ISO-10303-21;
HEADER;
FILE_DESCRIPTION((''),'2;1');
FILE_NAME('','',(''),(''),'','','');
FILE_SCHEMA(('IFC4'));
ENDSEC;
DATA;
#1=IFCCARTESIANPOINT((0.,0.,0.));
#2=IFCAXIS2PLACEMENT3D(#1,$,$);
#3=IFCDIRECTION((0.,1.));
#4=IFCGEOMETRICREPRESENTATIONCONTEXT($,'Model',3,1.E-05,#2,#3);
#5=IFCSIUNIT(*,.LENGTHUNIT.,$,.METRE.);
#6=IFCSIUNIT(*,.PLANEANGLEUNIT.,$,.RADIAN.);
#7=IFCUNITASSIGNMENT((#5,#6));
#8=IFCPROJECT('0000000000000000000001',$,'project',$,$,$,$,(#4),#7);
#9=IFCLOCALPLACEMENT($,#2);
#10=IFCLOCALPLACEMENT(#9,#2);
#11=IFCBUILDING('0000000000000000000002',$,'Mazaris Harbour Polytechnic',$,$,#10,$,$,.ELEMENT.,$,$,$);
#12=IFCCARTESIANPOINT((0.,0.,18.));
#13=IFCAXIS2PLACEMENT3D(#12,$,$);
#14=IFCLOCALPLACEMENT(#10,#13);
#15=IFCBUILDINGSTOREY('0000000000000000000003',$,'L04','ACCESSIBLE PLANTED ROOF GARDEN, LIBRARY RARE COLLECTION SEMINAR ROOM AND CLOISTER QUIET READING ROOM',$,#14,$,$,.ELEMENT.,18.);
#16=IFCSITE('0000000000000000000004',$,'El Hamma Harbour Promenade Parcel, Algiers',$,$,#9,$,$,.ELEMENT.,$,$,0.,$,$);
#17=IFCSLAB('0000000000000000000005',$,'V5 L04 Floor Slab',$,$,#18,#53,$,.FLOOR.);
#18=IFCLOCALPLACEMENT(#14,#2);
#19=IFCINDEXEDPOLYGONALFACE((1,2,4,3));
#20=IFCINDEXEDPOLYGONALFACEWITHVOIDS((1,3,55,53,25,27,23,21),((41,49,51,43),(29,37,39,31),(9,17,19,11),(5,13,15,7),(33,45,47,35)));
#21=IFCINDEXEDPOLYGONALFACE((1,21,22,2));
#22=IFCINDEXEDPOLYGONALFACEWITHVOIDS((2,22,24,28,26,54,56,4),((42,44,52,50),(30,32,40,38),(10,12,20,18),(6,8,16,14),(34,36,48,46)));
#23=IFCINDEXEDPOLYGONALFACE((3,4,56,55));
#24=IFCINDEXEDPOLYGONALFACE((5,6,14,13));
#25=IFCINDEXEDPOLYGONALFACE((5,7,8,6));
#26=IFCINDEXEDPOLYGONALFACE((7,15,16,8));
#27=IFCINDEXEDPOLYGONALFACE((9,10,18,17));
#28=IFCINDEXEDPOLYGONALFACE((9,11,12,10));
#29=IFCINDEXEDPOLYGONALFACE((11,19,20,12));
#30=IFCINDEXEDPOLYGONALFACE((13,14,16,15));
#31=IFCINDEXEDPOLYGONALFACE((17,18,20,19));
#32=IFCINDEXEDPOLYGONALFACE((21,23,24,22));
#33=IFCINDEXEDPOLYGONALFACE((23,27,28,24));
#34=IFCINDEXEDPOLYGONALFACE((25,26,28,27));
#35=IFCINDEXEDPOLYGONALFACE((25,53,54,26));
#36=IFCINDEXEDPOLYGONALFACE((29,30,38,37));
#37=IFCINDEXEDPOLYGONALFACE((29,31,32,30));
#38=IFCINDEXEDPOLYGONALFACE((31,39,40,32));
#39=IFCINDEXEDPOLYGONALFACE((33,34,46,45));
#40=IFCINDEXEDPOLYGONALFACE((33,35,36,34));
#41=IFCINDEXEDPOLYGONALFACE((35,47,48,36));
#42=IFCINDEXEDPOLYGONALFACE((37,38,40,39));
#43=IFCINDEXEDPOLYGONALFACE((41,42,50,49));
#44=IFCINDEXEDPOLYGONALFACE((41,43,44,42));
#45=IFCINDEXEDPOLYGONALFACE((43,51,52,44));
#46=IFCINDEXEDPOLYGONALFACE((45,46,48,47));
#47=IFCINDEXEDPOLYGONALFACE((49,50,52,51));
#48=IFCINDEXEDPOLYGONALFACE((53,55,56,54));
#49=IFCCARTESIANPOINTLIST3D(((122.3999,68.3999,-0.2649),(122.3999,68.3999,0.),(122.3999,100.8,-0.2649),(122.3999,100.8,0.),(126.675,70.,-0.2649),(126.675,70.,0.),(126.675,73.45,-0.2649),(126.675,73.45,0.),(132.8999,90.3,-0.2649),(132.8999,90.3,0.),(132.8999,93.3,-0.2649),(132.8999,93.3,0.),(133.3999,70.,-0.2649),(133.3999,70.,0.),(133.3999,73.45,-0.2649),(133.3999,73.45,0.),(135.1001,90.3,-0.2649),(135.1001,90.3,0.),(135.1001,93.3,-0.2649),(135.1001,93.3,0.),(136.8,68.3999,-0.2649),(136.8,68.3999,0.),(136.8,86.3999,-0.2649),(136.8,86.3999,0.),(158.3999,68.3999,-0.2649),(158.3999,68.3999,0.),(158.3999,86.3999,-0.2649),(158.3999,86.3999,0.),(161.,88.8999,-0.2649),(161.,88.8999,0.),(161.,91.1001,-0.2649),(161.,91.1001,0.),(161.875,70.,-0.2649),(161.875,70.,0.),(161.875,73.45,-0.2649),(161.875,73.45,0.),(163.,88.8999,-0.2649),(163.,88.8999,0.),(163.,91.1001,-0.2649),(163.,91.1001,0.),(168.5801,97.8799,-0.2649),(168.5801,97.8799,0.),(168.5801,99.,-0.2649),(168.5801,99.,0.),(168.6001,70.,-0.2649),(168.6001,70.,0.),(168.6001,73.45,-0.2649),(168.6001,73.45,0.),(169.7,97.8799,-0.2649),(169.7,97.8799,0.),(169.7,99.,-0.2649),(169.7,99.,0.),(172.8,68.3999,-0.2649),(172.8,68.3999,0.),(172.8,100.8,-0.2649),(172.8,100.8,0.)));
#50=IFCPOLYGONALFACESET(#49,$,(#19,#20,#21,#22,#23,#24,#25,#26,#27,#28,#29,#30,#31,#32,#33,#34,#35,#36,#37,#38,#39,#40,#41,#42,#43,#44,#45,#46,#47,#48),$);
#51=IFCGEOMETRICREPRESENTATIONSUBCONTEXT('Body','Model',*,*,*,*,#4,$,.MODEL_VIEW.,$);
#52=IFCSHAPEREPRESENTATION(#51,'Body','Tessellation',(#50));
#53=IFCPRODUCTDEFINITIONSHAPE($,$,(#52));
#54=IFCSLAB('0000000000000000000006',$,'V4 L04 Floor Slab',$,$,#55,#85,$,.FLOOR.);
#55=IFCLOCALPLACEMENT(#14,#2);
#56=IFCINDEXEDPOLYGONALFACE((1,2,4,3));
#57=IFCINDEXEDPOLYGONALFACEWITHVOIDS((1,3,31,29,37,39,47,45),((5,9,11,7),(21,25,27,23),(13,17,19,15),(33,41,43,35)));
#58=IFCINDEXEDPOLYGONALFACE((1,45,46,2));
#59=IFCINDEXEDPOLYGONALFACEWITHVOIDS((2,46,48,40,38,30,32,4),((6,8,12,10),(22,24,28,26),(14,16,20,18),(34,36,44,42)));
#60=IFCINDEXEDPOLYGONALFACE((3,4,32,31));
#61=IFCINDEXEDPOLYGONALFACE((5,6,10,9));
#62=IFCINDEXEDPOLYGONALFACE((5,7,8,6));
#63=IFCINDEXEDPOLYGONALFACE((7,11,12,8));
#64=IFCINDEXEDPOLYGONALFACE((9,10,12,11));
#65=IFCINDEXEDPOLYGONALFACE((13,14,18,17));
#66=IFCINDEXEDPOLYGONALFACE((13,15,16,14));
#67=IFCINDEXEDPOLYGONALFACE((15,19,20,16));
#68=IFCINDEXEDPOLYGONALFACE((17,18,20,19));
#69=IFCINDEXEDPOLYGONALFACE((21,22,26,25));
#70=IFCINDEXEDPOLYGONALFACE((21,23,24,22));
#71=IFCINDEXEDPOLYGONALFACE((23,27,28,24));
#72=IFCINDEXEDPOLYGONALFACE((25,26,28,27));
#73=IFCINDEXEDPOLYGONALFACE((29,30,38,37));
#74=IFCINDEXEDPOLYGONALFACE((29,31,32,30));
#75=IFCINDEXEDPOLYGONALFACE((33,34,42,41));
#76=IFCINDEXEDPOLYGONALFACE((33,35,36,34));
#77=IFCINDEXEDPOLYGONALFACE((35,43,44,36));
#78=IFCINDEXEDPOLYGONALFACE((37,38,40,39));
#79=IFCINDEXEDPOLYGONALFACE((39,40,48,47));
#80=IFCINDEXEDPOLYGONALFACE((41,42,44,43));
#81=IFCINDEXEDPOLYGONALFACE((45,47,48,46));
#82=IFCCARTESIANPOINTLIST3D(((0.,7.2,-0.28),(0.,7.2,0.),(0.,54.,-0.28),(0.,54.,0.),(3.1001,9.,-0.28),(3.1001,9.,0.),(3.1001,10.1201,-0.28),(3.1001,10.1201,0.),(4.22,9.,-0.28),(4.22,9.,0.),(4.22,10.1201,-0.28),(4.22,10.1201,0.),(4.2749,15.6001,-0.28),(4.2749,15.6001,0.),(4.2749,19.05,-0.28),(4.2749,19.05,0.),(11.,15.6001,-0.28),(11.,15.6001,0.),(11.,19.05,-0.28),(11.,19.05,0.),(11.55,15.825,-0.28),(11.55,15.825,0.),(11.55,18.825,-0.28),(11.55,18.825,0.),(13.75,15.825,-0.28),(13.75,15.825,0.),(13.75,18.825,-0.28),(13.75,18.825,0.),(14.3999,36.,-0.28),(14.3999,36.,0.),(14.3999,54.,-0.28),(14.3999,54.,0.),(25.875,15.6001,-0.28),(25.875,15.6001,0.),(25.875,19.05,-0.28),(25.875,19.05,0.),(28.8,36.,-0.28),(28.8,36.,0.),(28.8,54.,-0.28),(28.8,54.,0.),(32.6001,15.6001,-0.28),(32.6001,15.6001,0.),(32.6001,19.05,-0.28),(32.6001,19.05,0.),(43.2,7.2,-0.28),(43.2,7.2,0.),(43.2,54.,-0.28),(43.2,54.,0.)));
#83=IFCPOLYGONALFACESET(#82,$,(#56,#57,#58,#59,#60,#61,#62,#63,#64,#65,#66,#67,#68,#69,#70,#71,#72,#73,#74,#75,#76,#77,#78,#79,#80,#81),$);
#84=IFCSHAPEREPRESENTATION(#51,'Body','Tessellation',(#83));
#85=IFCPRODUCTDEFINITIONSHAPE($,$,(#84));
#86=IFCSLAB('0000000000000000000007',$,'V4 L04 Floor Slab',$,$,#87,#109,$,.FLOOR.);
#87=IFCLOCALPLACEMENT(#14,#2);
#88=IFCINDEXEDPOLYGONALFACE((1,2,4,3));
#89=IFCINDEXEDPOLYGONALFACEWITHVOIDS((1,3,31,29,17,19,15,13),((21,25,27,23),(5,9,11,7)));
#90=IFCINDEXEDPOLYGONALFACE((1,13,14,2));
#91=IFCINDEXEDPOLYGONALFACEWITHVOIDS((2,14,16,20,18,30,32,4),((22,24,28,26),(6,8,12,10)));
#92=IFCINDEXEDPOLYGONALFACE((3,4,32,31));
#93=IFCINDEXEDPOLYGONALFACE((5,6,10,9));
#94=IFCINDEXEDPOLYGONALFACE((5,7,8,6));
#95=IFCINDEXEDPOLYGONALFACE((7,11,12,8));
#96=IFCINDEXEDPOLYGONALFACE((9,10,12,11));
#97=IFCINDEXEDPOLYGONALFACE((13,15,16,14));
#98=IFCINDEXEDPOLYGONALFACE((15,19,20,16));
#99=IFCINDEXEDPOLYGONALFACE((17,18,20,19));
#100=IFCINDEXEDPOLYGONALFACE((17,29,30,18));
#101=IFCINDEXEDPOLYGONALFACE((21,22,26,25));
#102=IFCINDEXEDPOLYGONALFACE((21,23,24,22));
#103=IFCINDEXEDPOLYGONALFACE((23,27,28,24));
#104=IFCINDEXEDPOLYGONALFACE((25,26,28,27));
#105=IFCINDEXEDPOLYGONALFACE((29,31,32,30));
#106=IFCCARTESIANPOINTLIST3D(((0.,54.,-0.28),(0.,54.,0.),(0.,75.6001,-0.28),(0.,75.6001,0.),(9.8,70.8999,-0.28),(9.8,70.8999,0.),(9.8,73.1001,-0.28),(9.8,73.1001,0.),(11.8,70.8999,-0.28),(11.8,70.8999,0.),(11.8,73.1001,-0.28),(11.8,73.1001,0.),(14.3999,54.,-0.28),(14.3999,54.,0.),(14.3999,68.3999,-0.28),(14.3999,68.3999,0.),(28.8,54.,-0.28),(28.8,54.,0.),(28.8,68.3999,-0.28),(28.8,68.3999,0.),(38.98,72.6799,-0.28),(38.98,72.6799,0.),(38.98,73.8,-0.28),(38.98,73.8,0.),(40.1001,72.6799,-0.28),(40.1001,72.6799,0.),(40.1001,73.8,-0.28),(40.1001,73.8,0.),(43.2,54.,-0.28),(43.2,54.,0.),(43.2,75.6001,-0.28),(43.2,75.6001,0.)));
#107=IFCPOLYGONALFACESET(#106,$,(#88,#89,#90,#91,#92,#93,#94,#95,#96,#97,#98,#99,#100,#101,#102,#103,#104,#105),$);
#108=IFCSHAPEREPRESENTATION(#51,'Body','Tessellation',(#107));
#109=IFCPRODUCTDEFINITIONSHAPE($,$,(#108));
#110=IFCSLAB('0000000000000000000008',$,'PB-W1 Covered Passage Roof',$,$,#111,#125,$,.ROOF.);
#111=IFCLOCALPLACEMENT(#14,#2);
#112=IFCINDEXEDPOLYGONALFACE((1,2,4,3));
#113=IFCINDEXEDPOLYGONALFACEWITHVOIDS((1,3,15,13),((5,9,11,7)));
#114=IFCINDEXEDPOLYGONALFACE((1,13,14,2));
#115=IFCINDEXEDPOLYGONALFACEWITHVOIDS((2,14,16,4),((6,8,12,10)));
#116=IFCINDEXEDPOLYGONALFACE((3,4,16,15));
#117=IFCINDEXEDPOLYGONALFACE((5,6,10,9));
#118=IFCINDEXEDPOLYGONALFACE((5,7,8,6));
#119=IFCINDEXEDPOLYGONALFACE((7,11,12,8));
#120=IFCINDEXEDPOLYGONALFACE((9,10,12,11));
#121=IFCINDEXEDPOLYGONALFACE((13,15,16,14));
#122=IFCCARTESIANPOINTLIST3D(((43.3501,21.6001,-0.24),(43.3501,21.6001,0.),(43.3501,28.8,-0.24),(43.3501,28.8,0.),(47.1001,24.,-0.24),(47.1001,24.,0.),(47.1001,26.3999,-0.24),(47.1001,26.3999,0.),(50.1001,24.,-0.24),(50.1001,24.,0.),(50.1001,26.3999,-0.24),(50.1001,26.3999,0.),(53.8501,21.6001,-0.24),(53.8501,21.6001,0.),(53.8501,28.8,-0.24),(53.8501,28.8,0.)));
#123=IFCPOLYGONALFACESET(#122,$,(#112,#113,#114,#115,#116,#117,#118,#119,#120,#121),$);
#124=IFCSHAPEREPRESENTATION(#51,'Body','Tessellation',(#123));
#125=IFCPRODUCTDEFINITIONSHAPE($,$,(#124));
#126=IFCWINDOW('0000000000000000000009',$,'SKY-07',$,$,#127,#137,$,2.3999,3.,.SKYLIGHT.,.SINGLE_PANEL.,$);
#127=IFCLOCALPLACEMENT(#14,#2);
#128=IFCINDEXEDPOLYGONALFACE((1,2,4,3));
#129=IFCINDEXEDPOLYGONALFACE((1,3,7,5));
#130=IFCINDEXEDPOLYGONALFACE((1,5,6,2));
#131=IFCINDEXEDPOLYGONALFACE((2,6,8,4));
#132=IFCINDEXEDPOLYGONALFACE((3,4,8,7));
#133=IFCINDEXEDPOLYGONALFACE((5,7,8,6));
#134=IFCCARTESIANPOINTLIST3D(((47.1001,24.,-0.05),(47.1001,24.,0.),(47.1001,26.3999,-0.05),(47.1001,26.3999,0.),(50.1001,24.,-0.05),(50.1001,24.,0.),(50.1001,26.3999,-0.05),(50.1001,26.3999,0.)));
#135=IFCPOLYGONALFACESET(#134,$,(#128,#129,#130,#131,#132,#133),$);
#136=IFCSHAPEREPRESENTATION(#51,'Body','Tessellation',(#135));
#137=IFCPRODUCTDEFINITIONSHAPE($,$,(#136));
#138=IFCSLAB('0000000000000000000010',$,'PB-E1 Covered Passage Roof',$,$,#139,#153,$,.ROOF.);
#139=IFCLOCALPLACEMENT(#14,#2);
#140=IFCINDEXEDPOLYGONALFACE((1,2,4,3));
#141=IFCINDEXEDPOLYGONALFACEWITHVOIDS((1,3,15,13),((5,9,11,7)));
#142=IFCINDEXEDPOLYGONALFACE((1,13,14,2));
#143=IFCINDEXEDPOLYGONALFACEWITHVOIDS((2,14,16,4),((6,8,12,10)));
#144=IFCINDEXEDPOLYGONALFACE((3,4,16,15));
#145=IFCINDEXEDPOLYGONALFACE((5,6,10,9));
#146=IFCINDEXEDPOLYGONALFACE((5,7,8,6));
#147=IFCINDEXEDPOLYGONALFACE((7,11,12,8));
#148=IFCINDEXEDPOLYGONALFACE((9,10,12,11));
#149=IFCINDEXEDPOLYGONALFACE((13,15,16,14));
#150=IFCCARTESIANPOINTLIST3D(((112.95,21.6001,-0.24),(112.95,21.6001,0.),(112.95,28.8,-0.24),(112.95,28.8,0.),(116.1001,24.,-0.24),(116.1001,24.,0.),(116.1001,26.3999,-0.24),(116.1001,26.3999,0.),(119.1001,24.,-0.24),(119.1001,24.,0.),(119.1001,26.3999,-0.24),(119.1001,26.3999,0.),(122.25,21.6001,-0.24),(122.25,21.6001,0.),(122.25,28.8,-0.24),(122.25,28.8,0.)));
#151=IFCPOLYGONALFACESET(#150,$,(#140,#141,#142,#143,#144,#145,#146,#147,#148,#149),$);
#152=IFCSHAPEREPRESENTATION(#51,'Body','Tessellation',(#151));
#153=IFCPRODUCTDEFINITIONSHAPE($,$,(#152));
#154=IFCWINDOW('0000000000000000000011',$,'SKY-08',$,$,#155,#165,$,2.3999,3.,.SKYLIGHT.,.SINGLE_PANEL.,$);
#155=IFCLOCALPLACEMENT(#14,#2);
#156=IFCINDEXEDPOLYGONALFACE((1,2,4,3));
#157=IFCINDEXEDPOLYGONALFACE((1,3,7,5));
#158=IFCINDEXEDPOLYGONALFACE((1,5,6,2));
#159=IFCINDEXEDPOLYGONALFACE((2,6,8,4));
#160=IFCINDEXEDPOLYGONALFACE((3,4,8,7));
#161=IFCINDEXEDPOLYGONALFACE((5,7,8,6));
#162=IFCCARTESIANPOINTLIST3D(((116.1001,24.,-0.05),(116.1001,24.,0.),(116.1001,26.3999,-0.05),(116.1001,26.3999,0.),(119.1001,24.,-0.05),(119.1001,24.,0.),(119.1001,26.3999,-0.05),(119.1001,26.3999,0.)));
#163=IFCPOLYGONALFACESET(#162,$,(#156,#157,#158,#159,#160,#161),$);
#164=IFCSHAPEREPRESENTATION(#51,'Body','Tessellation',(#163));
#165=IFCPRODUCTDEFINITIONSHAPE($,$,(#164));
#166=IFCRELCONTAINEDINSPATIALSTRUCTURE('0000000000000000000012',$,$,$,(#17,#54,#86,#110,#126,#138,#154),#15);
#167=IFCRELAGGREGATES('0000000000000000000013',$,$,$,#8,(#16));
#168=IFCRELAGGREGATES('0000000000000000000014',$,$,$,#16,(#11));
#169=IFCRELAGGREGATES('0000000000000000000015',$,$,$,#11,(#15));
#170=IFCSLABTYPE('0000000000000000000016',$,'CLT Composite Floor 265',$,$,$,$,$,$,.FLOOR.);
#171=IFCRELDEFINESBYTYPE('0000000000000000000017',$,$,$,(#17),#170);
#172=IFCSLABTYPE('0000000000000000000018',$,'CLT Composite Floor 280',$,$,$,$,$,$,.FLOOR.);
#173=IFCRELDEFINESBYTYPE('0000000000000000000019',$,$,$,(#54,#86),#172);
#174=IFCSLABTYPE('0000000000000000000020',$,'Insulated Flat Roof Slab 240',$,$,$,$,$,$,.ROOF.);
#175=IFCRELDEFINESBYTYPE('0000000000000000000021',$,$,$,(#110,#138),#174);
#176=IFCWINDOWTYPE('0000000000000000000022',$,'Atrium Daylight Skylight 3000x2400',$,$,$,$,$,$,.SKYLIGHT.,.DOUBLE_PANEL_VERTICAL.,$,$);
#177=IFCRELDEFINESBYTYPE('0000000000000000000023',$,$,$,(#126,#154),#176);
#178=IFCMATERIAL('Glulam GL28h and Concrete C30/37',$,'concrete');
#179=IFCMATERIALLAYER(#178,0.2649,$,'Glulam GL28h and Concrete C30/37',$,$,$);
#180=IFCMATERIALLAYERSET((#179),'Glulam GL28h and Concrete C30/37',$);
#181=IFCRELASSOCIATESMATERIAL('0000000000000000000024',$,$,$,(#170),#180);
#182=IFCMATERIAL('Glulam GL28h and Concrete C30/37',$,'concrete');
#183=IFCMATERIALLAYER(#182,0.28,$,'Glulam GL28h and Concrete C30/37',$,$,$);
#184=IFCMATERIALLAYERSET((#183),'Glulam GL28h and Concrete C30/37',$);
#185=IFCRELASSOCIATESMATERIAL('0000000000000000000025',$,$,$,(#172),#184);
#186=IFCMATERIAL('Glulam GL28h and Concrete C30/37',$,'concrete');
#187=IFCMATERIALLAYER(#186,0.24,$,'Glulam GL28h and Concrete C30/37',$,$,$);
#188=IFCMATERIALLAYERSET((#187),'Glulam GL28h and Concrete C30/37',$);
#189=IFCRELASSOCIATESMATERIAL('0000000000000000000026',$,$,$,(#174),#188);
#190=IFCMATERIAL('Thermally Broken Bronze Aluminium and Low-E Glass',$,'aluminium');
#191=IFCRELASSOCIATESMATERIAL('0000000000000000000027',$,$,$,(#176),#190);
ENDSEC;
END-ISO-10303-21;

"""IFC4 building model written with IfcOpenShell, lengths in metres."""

from ifc_helpers import new_model, si_unit, direction, frame, origin, origin_2d, place, context, subcontext, project, spatial, polyline, rectangle, outline, extrude, material, layer, layer_set, type_object, element, fill, save


model = new_model("IFC4")

# Units and contexts
model_context = context("Model", 3, precision=1e-05, world=origin(), true_north=direction((0.0, 1.0)))
body_context = subcontext(model_context, "Body", "Model", "MODEL_VIEW")
ifc_project = project(units=[si_unit("LENGTHUNIT", "METRE"), si_unit("PLANEANGLEUNIT", "RADIAN")], contexts=[model_context])

# Site, building, storey
site_placement = place(None, origin())
site = spatial("IfcSite", under=ifc_project, at=site_placement, Name="El Hamma Harbour Promenade Parcel, Algiers", CompositionType="ELEMENT", RefElevation=0.0)
building_placement = place(site_placement, origin())
building = spatial("IfcBuilding", under=site, at=building_placement, Name="Mazaris Harbour Polytechnic", CompositionType="ELEMENT")
storey_placement = place(building_placement, frame((0.0, 0.0, 18.0)))
storey = spatial("IfcBuildingStorey", under=building, at=storey_placement, Name="L04", Description="ACCESSIBLE PLANTED ROOF GARDEN, LIBRARY RARE COLLECTION SEMINAR ROOM AND CLOISTER QUIET READING ROOM", CompositionType="ELEMENT", Elevation=18.0)

# Slabs
ifc_material_1 = material(Name="Glulam GL28h and Concrete C30/37", Category="concrete")
ifc_layer_1 = layer(ifc_material_1, 0.2649, Name="Glulam GL28h and Concrete C30/37")
ifc_layer_set_1 = layer_set([ifc_layer_1], Name="Glulam GL28h and Concrete C30/37")
slab_type_1 = type_object("IfcSlabType", Name="CLT Composite Floor 265", PredefinedType="FLOOR", material=ifc_layer_set_1)
slab_1_placement = place(storey_placement, frame((0.0, 0.0, -0.2649)))
element("IfcSlab", 1, at=slab_1_placement, inside=storey, type_object=slab_type_1, Name="V5 L04 Floor Slab", PredefinedType="FLOOR", context=body_context, shape_type="SweptSolid", body=[
    extrude(outline(polyline([(158.3999, 86.3999), (136.8, 86.3999), (136.8, 68.3999), (122.3999, 68.3999), (122.3999, 100.8), (172.8, 100.8), (172.8, 68.3999), (158.3999, 68.3999), (158.3999, 86.3999)]), holes=[polyline([(133.3999, 73.45), (126.675, 73.45), (126.675, 70.0), (133.3999, 70.0), (133.3999, 73.45)]), polyline([(168.6001, 70.0), (168.6001, 73.45), (161.875, 73.45), (161.875, 70.0), (168.6001, 70.0)]), polyline([(132.8999, 90.3), (135.1001, 90.3), (135.1001, 93.3), (132.8999, 93.3), (132.8999, 90.3)]), polyline([(161.0, 91.1001), (161.0, 88.8999), (163.0, 88.8999), (163.0, 91.1001), (161.0, 91.1001)]), polyline([(169.7, 99.0), (168.5801, 99.0), (168.5801, 97.8799), (169.7, 97.8799), (169.7, 99.0)])]), origin(), (0.0, 0.0, 1.0), 0.2649),
])
ifc_material_2 = material(Name="Glulam GL28h and Concrete C30/37", Category="concrete")
ifc_layer_2 = layer(ifc_material_2, 0.28, Name="Glulam GL28h and Concrete C30/37")
ifc_layer_set_2 = layer_set([ifc_layer_2], Name="Glulam GL28h and Concrete C30/37")
slab_type_2 = type_object("IfcSlabType", Name="CLT Composite Floor 280", PredefinedType="FLOOR", material=ifc_layer_set_2)
slab_2_placement = place(storey_placement, frame((0.0, 0.0, -0.28)))
element("IfcSlab", 2, at=slab_2_placement, inside=storey, type_object=slab_type_2, Name="V4 L04 Floor Slab", PredefinedType="FLOOR", context=body_context, shape_type="SweptSolid", body=[
    extrude(outline(polyline([(43.2, 7.2), (0.0, 7.2), (0.0, 54.0), (14.3999, 54.0), (14.3999, 36.0), (28.8, 36.0), (28.8, 54.0), (43.2, 54.0), (43.2, 7.2)]), holes=[polyline([(4.2749, 15.6001), (11.0, 15.6001), (11.0, 19.05), (4.2749, 19.05), (4.2749, 15.6001)]), polyline([(25.875, 19.05), (25.875, 15.6001), (32.6001, 15.6001), (32.6001, 19.05), (25.875, 19.05)]), polyline([(13.75, 18.825), (11.55, 18.825), (11.55, 15.825), (13.75, 15.825), (13.75, 18.825)]), polyline([(3.1001, 9.0), (4.22, 9.0), (4.22, 10.1201), (3.1001, 10.1201), (3.1001, 9.0)])]), origin(), (0.0, 0.0, 1.0), 0.28),
])
slab_3_placement = place(storey_placement, frame((0.0, 0.0, -0.28)))
element("IfcSlab", 3, at=slab_3_placement, inside=storey, type_object=slab_type_2, Name="V4 L04 Floor Slab", PredefinedType="FLOOR", context=body_context, shape_type="SweptSolid", body=[
    extrude(outline(polyline([(43.2, 54.0), (28.8, 54.0), (28.8, 68.3999), (14.3999, 68.3999), (14.3999, 54.0), (0.0, 54.0), (0.0, 75.6001), (43.2, 75.6001), (43.2, 54.0)]), holes=[polyline([(11.8, 70.8999), (11.8, 73.1001), (9.8, 73.1001), (9.8, 70.8999), (11.8, 70.8999)]), polyline([(38.98, 73.8), (38.98, 72.6799), (40.1001, 72.6799), (40.1001, 73.8), (38.98, 73.8)])]), origin(), (0.0, 0.0, 1.0), 0.28),
])

# Slabs, openings, windows
ifc_material_3 = material(Name="Glulam GL28h and Concrete C30/37", Category="concrete")
ifc_layer_3 = layer(ifc_material_3, 0.24, Name="Glulam GL28h and Concrete C30/37")
ifc_layer_set_3 = layer_set([ifc_layer_3], Name="Glulam GL28h and Concrete C30/37")
slab_type_3 = type_object("IfcSlabType", Name="Insulated Flat Roof Slab 240", PredefinedType="ROOF", material=ifc_layer_set_3)
slab_4_placement = place(storey_placement, frame((0.0, 0.0, -0.24)))
slab_4 = element("IfcSlab", 4, at=slab_4_placement, inside=storey, type_object=slab_type_3, Name="PB-W1 Covered Passage Roof", PredefinedType="ROOF", context=body_context, shape_type="SweptSolid", body=[
    extrude(outline(polyline([(53.8501, 21.6001), (53.8501, 28.8), (43.3501, 28.8), (43.3501, 21.6001), (53.8501, 21.6001)])), origin(), (0.0, 0.0, 1.0), 0.24),
])
opening_1_placement = place(slab_4_placement, frame((48.6001, 25.2, 0.0)))
opening_1 = element("IfcOpeningElement", 5, at=opening_1_placement, cuts=slab_4, PredefinedType="OPENING", context=body_context, shape_type="SweptSolid", body=[
    extrude(rectangle(XDim=3.0, YDim=2.3999, at=origin_2d()), origin(), (0.0, 0.0, 1.0), 0.24),
])
ifc_material_4 = material(Name="Thermally Broken Bronze Aluminium and Low-E Glass", Category="aluminium")
window_type = type_object("IfcWindowType", Name="Atrium Daylight Skylight 3000x2400", PartitioningType="DOUBLE_PANEL_VERTICAL", PredefinedType="SKYLIGHT", material=ifc_material_4)
window_1_placement = place(opening_1_placement, frame((0.0, 0.0, 0.1899)))
window_1 = element("IfcWindow", 6, at=window_1_placement, inside=storey, type_object=window_type, Name="SKY-07", OverallHeight=2.3999, OverallWidth=3.0, PartitioningType="SINGLE_PANEL", PredefinedType="SKYLIGHT", context=body_context, shape_type="SweptSolid", body=[
    extrude(rectangle(XDim=3.0, YDim=2.3999, at=origin_2d()), origin(), (0.0, 0.0, 1.0), 0.05),
])
fill(opening_1, window_1)
slab_5_placement = place(storey_placement, frame((0.0, 0.0, -0.24)))
slab_5 = element("IfcSlab", 7, at=slab_5_placement, inside=storey, type_object=slab_type_3, Name="PB-E1 Covered Passage Roof", PredefinedType="ROOF", context=body_context, shape_type="SweptSolid", body=[
    extrude(outline(polyline([(122.25, 21.6001), (122.25, 28.8), (112.95, 28.8), (112.95, 21.6001), (122.25, 21.6001)])), origin(), (0.0, 0.0, 1.0), 0.24),
])
opening_2_placement = place(slab_5_placement, frame((117.6001, 25.2, 0.0)))
opening_2 = element("IfcOpeningElement", 8, at=opening_2_placement, cuts=slab_5, PredefinedType="OPENING", context=body_context, shape_type="SweptSolid", body=[
    extrude(rectangle(XDim=3.0, YDim=2.3999, at=origin_2d()), origin(), (0.0, 0.0, 1.0), 0.24),
])
window_2_placement = place(opening_2_placement, frame((0.0, 0.0, 0.1899)))
window_2 = element("IfcWindow", 9, at=window_2_placement, inside=storey, type_object=window_type, Name="SKY-08", OverallHeight=2.3999, OverallWidth=3.0, PartitioningType="SINGLE_PANEL", PredefinedType="SKYLIGHT", context=body_context, shape_type="SweptSolid", body=[
    extrude(rectangle(XDim=3.0, YDim=2.3999, at=origin_2d()), origin(), (0.0, 0.0, 1.0), 0.05),
])
fill(opening_2, window_2)

save(model, "model.ifc")
